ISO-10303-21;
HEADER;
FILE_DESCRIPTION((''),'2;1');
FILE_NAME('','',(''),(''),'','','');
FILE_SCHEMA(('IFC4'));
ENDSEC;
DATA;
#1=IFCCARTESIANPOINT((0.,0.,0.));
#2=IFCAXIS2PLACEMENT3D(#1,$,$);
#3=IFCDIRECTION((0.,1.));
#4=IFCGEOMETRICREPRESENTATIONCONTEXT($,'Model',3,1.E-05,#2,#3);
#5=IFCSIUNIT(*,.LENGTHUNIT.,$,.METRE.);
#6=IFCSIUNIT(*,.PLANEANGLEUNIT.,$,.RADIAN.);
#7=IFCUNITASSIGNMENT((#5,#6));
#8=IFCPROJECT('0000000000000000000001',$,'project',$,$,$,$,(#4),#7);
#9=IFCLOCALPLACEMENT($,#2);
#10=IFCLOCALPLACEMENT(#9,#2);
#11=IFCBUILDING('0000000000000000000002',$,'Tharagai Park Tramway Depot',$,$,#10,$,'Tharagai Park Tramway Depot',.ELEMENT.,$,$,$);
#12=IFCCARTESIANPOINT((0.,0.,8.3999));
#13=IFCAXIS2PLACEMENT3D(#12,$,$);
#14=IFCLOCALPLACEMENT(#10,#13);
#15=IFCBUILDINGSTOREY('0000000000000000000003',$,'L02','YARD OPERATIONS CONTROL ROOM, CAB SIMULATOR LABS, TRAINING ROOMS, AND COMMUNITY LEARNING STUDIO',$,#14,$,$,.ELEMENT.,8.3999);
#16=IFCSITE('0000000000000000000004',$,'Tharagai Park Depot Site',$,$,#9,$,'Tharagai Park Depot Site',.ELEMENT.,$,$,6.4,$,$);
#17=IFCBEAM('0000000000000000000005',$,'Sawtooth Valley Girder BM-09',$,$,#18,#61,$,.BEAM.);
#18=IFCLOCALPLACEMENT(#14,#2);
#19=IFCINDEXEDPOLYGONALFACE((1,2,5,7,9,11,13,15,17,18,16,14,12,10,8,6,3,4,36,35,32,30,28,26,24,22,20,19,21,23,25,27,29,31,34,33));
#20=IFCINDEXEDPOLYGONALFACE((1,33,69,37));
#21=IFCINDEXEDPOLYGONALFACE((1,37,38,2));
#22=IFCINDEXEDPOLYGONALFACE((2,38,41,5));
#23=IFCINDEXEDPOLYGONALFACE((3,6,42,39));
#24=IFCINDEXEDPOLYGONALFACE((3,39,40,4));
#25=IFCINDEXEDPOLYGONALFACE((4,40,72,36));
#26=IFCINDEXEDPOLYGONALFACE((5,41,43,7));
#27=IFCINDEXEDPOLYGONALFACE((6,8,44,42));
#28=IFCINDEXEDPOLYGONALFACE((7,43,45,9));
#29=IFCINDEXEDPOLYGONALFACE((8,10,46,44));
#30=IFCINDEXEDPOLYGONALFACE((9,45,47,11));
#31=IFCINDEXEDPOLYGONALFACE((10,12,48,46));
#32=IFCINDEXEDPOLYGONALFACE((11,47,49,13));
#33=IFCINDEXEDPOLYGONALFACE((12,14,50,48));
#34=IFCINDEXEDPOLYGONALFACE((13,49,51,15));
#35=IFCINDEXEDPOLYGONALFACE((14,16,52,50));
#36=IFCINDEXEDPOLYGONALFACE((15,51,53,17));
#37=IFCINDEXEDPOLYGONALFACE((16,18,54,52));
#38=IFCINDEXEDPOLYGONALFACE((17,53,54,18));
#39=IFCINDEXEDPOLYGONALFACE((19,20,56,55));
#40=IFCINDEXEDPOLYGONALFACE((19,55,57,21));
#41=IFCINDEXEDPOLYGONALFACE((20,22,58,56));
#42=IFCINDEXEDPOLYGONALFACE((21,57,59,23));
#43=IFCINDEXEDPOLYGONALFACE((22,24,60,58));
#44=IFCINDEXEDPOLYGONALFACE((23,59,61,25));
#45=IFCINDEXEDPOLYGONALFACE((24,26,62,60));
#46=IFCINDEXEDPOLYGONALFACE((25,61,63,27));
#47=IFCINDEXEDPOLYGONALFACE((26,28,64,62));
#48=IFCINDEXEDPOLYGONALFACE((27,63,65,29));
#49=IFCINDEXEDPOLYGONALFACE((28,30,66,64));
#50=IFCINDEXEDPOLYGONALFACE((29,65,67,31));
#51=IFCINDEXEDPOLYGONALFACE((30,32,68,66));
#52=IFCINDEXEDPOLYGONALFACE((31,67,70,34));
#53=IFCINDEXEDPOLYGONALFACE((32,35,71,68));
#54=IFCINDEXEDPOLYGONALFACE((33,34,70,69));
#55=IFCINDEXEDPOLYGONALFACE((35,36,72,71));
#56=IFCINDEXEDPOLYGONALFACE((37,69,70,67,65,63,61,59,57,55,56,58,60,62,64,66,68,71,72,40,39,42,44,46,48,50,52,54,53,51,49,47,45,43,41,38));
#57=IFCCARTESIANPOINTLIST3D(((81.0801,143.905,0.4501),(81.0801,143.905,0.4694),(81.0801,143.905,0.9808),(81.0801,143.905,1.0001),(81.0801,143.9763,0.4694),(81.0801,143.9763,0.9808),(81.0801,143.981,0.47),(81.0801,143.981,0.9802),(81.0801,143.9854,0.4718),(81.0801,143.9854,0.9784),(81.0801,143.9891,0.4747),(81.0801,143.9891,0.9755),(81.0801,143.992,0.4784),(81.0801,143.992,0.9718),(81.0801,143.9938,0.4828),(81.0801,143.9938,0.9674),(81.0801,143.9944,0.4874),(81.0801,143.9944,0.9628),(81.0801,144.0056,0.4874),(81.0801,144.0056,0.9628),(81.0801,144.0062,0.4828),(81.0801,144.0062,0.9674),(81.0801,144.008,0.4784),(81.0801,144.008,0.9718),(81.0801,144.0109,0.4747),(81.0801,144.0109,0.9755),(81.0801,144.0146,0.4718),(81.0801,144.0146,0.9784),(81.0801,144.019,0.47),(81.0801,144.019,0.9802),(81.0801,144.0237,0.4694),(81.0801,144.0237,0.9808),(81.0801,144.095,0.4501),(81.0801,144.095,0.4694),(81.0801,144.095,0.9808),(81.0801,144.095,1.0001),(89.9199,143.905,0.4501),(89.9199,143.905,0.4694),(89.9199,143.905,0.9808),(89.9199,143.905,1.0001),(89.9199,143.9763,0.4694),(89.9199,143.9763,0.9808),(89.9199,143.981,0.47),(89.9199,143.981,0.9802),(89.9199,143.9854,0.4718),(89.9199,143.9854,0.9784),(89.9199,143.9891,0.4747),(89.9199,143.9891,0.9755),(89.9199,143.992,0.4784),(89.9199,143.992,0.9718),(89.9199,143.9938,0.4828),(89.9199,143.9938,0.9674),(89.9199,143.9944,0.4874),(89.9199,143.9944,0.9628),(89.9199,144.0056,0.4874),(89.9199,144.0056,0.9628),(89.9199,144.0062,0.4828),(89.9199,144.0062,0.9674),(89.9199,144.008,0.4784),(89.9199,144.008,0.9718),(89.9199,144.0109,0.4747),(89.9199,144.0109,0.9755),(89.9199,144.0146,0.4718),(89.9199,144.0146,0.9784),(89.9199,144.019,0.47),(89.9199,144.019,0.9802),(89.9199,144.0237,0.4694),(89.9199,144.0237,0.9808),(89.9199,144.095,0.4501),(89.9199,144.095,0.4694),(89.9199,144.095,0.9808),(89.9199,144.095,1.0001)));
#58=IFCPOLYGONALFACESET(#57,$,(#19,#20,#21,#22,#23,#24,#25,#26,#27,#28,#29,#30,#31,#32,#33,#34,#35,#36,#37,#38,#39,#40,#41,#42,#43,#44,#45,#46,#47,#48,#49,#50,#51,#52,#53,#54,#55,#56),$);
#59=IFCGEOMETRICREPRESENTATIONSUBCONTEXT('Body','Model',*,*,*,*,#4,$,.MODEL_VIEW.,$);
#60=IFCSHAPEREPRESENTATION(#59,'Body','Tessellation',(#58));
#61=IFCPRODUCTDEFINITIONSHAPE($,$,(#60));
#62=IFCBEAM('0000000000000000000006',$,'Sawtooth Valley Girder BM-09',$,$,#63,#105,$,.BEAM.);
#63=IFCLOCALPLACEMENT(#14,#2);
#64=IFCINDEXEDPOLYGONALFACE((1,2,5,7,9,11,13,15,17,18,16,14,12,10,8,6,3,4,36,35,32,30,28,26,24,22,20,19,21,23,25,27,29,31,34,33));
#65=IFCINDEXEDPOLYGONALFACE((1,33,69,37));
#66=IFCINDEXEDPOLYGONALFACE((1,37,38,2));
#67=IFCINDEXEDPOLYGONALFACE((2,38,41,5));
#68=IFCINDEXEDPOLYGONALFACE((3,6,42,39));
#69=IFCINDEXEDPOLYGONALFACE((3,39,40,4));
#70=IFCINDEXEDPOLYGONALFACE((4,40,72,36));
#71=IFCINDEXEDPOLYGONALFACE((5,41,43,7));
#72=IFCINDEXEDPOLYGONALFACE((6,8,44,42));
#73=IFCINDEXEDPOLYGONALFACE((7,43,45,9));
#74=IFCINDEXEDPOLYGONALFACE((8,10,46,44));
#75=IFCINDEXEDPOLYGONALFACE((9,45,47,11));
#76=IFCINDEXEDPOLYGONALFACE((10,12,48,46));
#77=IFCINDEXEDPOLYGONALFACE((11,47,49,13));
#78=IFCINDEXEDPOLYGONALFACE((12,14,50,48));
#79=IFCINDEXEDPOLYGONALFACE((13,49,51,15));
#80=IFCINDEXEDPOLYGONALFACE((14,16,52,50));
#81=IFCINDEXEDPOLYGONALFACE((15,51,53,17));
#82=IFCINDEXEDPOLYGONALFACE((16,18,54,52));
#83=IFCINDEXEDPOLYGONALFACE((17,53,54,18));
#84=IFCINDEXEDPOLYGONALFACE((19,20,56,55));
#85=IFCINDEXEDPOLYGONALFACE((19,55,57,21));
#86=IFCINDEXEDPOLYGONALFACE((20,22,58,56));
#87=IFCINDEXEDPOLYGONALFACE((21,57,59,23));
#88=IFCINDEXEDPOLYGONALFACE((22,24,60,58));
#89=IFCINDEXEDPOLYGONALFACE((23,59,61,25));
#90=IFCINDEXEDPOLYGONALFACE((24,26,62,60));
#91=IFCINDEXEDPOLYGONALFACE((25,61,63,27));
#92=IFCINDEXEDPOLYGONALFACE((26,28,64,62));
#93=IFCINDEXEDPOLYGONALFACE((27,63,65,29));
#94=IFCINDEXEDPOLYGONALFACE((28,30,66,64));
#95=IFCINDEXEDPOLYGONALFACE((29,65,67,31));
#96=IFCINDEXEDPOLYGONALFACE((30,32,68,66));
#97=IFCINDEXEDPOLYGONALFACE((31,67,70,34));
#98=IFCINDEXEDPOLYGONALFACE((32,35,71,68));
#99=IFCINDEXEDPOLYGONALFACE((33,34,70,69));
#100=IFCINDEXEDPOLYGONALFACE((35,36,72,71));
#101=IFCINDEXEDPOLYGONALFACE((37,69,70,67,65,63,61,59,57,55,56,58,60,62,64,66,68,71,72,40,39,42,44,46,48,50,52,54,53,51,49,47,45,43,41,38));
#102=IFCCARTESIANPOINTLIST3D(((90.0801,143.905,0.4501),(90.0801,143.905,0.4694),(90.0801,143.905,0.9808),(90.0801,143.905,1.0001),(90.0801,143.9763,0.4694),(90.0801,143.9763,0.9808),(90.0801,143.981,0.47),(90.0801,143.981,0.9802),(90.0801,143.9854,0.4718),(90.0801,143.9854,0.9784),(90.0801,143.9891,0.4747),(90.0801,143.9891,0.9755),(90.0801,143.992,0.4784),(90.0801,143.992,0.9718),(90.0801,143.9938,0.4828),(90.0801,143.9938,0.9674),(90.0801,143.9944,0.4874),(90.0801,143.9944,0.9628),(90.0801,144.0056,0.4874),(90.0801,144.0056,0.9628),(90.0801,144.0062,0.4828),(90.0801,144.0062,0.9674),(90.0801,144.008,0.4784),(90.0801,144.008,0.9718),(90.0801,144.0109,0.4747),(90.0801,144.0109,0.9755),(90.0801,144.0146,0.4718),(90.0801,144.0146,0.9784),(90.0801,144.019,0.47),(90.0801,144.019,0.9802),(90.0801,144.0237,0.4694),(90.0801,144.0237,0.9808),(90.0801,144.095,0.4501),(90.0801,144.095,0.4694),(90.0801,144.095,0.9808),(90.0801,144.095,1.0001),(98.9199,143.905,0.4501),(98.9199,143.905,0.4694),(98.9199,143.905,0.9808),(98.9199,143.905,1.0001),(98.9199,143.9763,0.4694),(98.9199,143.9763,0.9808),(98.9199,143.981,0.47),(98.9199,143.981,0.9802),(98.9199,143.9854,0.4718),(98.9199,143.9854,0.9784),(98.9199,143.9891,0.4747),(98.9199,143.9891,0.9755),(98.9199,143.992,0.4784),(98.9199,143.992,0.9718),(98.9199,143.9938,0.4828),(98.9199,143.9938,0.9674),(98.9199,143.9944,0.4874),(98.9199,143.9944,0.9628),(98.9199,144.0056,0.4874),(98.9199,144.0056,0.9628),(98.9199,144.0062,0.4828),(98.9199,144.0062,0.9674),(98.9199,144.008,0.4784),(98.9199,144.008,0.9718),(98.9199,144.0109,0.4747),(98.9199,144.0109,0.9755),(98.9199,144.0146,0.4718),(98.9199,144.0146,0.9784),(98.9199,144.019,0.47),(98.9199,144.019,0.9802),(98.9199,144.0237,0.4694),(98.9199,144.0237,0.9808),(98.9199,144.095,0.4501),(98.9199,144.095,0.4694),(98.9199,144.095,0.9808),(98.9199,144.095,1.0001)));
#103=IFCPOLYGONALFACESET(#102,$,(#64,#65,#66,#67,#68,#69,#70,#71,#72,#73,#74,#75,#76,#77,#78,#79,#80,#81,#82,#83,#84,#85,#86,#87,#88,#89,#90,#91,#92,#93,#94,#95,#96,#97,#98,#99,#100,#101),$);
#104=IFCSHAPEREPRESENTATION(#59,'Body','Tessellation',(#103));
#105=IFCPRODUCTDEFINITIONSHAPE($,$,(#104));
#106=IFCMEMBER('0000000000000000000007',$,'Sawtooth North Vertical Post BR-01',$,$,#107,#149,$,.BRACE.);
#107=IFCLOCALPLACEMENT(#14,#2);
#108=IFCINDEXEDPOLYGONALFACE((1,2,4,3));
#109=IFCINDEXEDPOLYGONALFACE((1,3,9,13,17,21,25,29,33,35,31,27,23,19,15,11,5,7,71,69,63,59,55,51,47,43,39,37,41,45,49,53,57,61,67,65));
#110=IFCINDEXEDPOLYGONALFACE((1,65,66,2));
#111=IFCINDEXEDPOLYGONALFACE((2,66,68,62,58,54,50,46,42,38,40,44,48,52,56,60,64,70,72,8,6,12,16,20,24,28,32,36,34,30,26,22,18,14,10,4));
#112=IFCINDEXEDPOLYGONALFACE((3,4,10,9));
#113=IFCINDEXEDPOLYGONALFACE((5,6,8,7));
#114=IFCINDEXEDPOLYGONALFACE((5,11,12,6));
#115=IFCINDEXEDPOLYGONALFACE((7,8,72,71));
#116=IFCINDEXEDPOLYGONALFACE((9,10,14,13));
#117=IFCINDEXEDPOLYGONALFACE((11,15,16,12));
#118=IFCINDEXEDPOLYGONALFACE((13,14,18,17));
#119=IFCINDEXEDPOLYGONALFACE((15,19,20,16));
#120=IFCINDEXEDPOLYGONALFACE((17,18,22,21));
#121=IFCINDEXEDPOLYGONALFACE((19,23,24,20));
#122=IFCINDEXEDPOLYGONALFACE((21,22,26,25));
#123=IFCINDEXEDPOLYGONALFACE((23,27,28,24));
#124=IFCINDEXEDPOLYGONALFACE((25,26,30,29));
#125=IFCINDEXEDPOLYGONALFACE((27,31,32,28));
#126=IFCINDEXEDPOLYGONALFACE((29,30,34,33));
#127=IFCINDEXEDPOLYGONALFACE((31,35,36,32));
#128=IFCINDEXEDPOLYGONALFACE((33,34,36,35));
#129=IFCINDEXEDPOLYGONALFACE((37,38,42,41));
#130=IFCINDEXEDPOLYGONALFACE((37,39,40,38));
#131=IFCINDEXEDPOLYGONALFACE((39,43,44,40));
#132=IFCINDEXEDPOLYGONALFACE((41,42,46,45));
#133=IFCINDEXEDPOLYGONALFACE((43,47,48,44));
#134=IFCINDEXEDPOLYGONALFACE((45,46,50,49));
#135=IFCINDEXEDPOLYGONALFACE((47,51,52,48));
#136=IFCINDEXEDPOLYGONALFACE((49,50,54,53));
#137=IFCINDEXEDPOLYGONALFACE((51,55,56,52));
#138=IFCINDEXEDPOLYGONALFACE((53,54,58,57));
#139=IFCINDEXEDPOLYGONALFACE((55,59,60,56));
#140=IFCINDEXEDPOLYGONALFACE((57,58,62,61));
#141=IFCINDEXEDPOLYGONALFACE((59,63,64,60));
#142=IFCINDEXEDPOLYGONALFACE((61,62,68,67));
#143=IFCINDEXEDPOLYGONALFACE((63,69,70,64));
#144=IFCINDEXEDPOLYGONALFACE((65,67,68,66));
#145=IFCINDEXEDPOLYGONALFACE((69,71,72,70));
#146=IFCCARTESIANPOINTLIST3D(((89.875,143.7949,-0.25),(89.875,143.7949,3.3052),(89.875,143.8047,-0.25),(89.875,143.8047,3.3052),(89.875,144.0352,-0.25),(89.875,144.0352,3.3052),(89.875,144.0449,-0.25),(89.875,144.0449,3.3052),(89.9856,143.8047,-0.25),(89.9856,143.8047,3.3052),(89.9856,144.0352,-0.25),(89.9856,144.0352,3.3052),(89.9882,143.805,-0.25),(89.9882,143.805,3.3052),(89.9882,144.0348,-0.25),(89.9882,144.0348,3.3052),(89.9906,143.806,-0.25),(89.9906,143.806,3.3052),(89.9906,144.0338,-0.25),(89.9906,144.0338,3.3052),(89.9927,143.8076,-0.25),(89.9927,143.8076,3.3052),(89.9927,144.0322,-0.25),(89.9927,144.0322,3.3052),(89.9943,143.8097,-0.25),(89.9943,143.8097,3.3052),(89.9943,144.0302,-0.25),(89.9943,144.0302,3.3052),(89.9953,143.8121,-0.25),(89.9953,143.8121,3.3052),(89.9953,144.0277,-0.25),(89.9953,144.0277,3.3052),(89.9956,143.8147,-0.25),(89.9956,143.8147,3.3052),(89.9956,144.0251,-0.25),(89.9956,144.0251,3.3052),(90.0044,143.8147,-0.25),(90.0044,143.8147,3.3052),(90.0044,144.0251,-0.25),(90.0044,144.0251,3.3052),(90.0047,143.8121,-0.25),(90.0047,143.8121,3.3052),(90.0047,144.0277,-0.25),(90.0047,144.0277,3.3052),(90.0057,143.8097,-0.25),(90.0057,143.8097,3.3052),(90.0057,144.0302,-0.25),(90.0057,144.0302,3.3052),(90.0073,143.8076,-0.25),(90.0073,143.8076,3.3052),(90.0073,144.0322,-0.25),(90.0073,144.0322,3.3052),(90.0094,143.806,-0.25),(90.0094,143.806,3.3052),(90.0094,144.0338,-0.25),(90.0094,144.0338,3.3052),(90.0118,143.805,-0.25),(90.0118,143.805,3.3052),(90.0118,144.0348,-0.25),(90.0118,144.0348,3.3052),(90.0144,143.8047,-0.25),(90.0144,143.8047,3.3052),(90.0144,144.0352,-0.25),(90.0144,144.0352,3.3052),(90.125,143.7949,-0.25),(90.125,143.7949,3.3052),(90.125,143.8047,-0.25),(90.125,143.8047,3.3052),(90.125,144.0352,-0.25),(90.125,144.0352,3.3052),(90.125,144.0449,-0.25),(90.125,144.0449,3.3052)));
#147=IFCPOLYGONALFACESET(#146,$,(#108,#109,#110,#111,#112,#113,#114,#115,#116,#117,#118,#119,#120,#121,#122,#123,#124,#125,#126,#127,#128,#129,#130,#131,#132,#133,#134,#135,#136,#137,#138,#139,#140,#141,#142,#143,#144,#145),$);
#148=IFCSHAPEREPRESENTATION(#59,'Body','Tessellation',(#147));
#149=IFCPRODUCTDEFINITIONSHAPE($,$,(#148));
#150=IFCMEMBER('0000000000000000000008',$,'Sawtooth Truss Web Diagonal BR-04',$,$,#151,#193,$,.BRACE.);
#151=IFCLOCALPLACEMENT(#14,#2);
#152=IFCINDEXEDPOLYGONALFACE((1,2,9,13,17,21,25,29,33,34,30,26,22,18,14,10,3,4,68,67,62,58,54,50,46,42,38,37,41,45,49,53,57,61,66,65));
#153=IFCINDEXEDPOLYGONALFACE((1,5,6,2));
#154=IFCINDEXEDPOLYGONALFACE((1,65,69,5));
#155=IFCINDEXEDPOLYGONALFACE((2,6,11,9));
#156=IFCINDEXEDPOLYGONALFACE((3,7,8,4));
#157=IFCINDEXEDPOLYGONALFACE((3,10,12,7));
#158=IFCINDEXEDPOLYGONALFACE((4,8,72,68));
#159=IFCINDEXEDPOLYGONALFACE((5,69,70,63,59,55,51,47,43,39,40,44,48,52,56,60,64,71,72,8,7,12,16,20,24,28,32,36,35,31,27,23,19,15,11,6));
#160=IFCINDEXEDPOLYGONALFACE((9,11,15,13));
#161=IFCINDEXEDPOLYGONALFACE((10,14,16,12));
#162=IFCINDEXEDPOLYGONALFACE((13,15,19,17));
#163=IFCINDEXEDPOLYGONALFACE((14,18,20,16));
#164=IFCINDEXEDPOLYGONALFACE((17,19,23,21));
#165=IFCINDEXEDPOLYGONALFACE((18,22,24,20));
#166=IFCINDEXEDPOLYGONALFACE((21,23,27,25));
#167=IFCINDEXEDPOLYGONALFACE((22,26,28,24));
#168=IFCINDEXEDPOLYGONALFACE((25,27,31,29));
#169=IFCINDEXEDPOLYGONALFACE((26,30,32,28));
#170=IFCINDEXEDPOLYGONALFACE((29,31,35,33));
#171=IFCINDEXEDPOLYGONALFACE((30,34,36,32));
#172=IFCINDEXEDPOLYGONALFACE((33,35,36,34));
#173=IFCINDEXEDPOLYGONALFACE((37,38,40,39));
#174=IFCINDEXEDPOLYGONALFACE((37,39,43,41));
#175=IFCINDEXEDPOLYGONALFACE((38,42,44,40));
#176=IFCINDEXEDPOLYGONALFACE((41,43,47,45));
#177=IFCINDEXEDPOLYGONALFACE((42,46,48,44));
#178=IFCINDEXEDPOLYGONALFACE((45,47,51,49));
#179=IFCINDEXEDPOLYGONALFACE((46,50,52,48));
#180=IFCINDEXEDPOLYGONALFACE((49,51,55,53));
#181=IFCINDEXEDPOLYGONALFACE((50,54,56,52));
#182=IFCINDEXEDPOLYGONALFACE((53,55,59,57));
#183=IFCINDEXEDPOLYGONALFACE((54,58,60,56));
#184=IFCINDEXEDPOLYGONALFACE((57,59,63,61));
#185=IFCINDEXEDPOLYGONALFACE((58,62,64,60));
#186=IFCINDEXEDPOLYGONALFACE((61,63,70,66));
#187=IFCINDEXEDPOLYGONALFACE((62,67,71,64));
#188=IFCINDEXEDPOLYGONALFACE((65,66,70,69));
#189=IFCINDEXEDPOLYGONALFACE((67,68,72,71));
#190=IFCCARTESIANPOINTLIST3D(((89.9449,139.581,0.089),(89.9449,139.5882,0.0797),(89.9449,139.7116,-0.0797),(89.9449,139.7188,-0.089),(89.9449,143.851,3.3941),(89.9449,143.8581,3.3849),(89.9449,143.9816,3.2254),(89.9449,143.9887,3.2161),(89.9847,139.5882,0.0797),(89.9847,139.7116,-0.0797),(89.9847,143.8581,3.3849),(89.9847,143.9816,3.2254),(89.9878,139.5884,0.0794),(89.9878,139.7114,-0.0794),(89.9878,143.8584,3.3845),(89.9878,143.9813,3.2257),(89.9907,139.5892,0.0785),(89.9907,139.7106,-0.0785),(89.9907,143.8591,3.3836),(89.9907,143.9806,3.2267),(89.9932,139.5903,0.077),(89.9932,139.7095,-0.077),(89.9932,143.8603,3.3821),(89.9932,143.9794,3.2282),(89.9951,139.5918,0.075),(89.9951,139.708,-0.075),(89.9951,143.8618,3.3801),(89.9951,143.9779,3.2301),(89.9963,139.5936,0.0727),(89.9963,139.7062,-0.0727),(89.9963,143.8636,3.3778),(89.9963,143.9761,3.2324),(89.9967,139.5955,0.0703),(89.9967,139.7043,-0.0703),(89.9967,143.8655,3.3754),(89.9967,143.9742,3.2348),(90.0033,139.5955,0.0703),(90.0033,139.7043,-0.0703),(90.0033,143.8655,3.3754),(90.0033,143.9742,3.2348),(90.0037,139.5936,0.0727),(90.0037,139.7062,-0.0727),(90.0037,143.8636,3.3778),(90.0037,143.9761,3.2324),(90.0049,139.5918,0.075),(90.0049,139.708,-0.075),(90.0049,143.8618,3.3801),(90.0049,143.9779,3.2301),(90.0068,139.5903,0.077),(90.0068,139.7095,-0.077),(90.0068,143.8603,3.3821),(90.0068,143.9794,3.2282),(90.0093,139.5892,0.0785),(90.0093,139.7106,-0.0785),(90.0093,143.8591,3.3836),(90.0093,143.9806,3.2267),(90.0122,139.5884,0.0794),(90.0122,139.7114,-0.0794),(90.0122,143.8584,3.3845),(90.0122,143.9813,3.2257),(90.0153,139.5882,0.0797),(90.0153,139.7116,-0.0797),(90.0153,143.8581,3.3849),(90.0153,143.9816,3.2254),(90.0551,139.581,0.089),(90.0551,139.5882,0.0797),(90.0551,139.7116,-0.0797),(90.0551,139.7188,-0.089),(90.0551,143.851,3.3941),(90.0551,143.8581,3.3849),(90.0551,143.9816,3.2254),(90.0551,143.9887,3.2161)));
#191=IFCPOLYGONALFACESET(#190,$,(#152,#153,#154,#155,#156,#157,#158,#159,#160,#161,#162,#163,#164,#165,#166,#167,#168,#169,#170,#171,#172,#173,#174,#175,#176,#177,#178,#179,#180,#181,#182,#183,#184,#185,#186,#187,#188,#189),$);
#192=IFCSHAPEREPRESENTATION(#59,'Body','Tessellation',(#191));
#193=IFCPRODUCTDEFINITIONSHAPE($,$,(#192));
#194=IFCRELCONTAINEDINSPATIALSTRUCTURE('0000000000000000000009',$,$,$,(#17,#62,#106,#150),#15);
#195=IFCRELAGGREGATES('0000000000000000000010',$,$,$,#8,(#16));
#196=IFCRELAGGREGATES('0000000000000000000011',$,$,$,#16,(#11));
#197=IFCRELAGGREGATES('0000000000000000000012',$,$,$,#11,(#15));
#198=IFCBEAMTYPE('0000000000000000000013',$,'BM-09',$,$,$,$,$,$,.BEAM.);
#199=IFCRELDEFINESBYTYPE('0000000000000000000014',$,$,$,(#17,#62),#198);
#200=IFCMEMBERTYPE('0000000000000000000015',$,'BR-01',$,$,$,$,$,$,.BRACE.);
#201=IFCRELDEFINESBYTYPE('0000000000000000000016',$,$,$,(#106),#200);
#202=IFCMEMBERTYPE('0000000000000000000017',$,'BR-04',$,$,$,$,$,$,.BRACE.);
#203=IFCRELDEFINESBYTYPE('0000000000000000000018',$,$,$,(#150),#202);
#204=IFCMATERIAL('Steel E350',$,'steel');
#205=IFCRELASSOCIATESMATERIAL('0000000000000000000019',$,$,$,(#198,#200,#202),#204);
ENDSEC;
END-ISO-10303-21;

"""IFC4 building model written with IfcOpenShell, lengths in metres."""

from ifc_helpers import new_model, si_unit, direction, frame, origin, origin_2d, place, context, subcontext, project, spatial, i_section, extrude, material, material_profile, profile_set, type_object, element, save


model = new_model("IFC4")

# Units and contexts
model_context = context("Model", 3, precision=1e-05, world=origin(), true_north=direction((0.0, 1.0)))
body_context = subcontext(model_context, "Body", "Model", "MODEL_VIEW")
ifc_project = project(units=[si_unit("LENGTHUNIT", "METRE"), si_unit("PLANEANGLEUNIT", "RADIAN")], contexts=[model_context])

# Site, building, storey
site_placement = place(None, origin())
site = spatial("IfcSite", under=ifc_project, at=site_placement, Name="Tharagai Park Depot Site", LongName="Tharagai Park Depot Site", CompositionType="ELEMENT", RefElevation=6.4)
building_placement = place(site_placement, origin())
building = spatial("IfcBuilding", under=site, at=building_placement, Name="Tharagai Park Tramway Depot", LongName="Tharagai Park Tramway Depot", CompositionType="ELEMENT")
storey_placement = place(building_placement, frame((0.0, 0.0, 8.3999)))
storey = spatial("IfcBuildingStorey", under=building, at=storey_placement, Name="L02", Description="YARD OPERATIONS CONTROL ROOM, CAB SIMULATOR LABS, TRAINING ROOMS, AND COMMUNITY LEARNING STUDIO", CompositionType="ELEMENT", Elevation=8.3999)

# Beams
ifc_material_1 = material(Name="Steel E350", Category="steel")
ifc_material_profile_1 = material_profile(ifc_material_1, i_section(OverallWidth=0.1899, OverallDepth=0.55, WebThickness=0.0112, FlangeThickness=0.0193, FilletRadius=0.0181, at=origin_2d()), Name="ISMB 550")
ifc_profile_set_1 = profile_set([ifc_material_profile_1], Name="Steel E350")
beam_type = type_object("IfcBeamType", Name="BM-09", PredefinedType="BEAM", material=ifc_profile_set_1)
for number, where, z_axis, x_axis, name in (
    (1, (81.0801, 144.0, 0.7251), (1.0, 0.0, 0.0), (0.0, 1.0, 0.0), "Sawtooth Valley Girder BM-09"),
    (2, (90.0801, 144.0, 0.7251), (1.0, 0.0, 0.0), (0.0, 1.0, 0.0), "Sawtooth Valley Girder BM-09"),
):
    element("IfcBeam", number, at=place(storey_placement, frame(where, z_axis=z_axis, x_axis=x_axis)), inside=storey, type_object=beam_type, Name=name, PredefinedType="BEAM", context=body_context, shape_type="SweptSolid", body=[
        extrude(i_section(OverallWidth=0.1899, OverallDepth=0.55, WebThickness=0.0112, FlangeThickness=0.0193, FilletRadius=0.0181, at=origin_2d()), origin(), (0.0, 0.0, 1.0), 8.8398),
    ])

# Members
ifc_material_profile_2 = material_profile(ifc_material_1, i_section(OverallWidth=0.25, OverallDepth=0.25, WebThickness=0.0088, FlangeThickness=0.0098, FilletRadius=0.01, at=origin_2d()), Name="ISHB 250")
ifc_profile_set_2 = profile_set([ifc_material_profile_2], Name="Steel E350")
member_type_1 = type_object("IfcMemberType", Name="BR-01", PredefinedType="BRACE", material=ifc_profile_set_2)
member_1_placement = place(storey_placement, frame((90.0, 143.9199, -0.25), z_axis=(0.0, 0.0, 1.0), x_axis=(1.0, 0.0, 0.0)))
element("IfcMember", 3, at=member_1_placement, inside=storey, type_object=member_type_1, Name="Sawtooth North Vertical Post BR-01", PredefinedType="BRACE", context=body_context, shape_type="SweptSolid", body=[
    extrude(i_section(OverallWidth=0.25, OverallDepth=0.25, WebThickness=0.0088, FlangeThickness=0.0098, FilletRadius=0.01, at=origin_2d()), origin(), (0.0, 0.0, 1.0), 3.5552),
])
ifc_material_profile_3 = material_profile(ifc_material_1, i_section(OverallWidth=0.1101, OverallDepth=0.2251, WebThickness=0.0066, FlangeThickness=0.0117, FilletRadius=0.012, at=origin_2d()), Name="ISMB 225")
ifc_profile_set_3 = profile_set([ifc_material_profile_3], Name="Steel E350")
member_type_2 = type_object("IfcMemberType", Name="BR-04", PredefinedType="BRACE", material=ifc_profile_set_3)
member_2_placement = place(storey_placement, frame((90.0, 139.6499, 0.0), z_axis=(0.0, 0.790782, 0.612098), x_axis=(-1.0, 0.0, 0.0)))
element("IfcMember", 4, at=member_2_placement, inside=storey, type_object=member_type_2, Name="Sawtooth Truss Web Diagonal BR-04", PredefinedType="BRACE", context=body_context, shape_type="SweptSolid", body=[
    extrude(i_section(OverallWidth=0.1101, OverallDepth=0.2251, WebThickness=0.0066, FlangeThickness=0.0117, FilletRadius=0.012, at=origin_2d()), origin(), (0.0, 0.0, 1.0), 5.3997),
])

save(model, "model.ifc")
